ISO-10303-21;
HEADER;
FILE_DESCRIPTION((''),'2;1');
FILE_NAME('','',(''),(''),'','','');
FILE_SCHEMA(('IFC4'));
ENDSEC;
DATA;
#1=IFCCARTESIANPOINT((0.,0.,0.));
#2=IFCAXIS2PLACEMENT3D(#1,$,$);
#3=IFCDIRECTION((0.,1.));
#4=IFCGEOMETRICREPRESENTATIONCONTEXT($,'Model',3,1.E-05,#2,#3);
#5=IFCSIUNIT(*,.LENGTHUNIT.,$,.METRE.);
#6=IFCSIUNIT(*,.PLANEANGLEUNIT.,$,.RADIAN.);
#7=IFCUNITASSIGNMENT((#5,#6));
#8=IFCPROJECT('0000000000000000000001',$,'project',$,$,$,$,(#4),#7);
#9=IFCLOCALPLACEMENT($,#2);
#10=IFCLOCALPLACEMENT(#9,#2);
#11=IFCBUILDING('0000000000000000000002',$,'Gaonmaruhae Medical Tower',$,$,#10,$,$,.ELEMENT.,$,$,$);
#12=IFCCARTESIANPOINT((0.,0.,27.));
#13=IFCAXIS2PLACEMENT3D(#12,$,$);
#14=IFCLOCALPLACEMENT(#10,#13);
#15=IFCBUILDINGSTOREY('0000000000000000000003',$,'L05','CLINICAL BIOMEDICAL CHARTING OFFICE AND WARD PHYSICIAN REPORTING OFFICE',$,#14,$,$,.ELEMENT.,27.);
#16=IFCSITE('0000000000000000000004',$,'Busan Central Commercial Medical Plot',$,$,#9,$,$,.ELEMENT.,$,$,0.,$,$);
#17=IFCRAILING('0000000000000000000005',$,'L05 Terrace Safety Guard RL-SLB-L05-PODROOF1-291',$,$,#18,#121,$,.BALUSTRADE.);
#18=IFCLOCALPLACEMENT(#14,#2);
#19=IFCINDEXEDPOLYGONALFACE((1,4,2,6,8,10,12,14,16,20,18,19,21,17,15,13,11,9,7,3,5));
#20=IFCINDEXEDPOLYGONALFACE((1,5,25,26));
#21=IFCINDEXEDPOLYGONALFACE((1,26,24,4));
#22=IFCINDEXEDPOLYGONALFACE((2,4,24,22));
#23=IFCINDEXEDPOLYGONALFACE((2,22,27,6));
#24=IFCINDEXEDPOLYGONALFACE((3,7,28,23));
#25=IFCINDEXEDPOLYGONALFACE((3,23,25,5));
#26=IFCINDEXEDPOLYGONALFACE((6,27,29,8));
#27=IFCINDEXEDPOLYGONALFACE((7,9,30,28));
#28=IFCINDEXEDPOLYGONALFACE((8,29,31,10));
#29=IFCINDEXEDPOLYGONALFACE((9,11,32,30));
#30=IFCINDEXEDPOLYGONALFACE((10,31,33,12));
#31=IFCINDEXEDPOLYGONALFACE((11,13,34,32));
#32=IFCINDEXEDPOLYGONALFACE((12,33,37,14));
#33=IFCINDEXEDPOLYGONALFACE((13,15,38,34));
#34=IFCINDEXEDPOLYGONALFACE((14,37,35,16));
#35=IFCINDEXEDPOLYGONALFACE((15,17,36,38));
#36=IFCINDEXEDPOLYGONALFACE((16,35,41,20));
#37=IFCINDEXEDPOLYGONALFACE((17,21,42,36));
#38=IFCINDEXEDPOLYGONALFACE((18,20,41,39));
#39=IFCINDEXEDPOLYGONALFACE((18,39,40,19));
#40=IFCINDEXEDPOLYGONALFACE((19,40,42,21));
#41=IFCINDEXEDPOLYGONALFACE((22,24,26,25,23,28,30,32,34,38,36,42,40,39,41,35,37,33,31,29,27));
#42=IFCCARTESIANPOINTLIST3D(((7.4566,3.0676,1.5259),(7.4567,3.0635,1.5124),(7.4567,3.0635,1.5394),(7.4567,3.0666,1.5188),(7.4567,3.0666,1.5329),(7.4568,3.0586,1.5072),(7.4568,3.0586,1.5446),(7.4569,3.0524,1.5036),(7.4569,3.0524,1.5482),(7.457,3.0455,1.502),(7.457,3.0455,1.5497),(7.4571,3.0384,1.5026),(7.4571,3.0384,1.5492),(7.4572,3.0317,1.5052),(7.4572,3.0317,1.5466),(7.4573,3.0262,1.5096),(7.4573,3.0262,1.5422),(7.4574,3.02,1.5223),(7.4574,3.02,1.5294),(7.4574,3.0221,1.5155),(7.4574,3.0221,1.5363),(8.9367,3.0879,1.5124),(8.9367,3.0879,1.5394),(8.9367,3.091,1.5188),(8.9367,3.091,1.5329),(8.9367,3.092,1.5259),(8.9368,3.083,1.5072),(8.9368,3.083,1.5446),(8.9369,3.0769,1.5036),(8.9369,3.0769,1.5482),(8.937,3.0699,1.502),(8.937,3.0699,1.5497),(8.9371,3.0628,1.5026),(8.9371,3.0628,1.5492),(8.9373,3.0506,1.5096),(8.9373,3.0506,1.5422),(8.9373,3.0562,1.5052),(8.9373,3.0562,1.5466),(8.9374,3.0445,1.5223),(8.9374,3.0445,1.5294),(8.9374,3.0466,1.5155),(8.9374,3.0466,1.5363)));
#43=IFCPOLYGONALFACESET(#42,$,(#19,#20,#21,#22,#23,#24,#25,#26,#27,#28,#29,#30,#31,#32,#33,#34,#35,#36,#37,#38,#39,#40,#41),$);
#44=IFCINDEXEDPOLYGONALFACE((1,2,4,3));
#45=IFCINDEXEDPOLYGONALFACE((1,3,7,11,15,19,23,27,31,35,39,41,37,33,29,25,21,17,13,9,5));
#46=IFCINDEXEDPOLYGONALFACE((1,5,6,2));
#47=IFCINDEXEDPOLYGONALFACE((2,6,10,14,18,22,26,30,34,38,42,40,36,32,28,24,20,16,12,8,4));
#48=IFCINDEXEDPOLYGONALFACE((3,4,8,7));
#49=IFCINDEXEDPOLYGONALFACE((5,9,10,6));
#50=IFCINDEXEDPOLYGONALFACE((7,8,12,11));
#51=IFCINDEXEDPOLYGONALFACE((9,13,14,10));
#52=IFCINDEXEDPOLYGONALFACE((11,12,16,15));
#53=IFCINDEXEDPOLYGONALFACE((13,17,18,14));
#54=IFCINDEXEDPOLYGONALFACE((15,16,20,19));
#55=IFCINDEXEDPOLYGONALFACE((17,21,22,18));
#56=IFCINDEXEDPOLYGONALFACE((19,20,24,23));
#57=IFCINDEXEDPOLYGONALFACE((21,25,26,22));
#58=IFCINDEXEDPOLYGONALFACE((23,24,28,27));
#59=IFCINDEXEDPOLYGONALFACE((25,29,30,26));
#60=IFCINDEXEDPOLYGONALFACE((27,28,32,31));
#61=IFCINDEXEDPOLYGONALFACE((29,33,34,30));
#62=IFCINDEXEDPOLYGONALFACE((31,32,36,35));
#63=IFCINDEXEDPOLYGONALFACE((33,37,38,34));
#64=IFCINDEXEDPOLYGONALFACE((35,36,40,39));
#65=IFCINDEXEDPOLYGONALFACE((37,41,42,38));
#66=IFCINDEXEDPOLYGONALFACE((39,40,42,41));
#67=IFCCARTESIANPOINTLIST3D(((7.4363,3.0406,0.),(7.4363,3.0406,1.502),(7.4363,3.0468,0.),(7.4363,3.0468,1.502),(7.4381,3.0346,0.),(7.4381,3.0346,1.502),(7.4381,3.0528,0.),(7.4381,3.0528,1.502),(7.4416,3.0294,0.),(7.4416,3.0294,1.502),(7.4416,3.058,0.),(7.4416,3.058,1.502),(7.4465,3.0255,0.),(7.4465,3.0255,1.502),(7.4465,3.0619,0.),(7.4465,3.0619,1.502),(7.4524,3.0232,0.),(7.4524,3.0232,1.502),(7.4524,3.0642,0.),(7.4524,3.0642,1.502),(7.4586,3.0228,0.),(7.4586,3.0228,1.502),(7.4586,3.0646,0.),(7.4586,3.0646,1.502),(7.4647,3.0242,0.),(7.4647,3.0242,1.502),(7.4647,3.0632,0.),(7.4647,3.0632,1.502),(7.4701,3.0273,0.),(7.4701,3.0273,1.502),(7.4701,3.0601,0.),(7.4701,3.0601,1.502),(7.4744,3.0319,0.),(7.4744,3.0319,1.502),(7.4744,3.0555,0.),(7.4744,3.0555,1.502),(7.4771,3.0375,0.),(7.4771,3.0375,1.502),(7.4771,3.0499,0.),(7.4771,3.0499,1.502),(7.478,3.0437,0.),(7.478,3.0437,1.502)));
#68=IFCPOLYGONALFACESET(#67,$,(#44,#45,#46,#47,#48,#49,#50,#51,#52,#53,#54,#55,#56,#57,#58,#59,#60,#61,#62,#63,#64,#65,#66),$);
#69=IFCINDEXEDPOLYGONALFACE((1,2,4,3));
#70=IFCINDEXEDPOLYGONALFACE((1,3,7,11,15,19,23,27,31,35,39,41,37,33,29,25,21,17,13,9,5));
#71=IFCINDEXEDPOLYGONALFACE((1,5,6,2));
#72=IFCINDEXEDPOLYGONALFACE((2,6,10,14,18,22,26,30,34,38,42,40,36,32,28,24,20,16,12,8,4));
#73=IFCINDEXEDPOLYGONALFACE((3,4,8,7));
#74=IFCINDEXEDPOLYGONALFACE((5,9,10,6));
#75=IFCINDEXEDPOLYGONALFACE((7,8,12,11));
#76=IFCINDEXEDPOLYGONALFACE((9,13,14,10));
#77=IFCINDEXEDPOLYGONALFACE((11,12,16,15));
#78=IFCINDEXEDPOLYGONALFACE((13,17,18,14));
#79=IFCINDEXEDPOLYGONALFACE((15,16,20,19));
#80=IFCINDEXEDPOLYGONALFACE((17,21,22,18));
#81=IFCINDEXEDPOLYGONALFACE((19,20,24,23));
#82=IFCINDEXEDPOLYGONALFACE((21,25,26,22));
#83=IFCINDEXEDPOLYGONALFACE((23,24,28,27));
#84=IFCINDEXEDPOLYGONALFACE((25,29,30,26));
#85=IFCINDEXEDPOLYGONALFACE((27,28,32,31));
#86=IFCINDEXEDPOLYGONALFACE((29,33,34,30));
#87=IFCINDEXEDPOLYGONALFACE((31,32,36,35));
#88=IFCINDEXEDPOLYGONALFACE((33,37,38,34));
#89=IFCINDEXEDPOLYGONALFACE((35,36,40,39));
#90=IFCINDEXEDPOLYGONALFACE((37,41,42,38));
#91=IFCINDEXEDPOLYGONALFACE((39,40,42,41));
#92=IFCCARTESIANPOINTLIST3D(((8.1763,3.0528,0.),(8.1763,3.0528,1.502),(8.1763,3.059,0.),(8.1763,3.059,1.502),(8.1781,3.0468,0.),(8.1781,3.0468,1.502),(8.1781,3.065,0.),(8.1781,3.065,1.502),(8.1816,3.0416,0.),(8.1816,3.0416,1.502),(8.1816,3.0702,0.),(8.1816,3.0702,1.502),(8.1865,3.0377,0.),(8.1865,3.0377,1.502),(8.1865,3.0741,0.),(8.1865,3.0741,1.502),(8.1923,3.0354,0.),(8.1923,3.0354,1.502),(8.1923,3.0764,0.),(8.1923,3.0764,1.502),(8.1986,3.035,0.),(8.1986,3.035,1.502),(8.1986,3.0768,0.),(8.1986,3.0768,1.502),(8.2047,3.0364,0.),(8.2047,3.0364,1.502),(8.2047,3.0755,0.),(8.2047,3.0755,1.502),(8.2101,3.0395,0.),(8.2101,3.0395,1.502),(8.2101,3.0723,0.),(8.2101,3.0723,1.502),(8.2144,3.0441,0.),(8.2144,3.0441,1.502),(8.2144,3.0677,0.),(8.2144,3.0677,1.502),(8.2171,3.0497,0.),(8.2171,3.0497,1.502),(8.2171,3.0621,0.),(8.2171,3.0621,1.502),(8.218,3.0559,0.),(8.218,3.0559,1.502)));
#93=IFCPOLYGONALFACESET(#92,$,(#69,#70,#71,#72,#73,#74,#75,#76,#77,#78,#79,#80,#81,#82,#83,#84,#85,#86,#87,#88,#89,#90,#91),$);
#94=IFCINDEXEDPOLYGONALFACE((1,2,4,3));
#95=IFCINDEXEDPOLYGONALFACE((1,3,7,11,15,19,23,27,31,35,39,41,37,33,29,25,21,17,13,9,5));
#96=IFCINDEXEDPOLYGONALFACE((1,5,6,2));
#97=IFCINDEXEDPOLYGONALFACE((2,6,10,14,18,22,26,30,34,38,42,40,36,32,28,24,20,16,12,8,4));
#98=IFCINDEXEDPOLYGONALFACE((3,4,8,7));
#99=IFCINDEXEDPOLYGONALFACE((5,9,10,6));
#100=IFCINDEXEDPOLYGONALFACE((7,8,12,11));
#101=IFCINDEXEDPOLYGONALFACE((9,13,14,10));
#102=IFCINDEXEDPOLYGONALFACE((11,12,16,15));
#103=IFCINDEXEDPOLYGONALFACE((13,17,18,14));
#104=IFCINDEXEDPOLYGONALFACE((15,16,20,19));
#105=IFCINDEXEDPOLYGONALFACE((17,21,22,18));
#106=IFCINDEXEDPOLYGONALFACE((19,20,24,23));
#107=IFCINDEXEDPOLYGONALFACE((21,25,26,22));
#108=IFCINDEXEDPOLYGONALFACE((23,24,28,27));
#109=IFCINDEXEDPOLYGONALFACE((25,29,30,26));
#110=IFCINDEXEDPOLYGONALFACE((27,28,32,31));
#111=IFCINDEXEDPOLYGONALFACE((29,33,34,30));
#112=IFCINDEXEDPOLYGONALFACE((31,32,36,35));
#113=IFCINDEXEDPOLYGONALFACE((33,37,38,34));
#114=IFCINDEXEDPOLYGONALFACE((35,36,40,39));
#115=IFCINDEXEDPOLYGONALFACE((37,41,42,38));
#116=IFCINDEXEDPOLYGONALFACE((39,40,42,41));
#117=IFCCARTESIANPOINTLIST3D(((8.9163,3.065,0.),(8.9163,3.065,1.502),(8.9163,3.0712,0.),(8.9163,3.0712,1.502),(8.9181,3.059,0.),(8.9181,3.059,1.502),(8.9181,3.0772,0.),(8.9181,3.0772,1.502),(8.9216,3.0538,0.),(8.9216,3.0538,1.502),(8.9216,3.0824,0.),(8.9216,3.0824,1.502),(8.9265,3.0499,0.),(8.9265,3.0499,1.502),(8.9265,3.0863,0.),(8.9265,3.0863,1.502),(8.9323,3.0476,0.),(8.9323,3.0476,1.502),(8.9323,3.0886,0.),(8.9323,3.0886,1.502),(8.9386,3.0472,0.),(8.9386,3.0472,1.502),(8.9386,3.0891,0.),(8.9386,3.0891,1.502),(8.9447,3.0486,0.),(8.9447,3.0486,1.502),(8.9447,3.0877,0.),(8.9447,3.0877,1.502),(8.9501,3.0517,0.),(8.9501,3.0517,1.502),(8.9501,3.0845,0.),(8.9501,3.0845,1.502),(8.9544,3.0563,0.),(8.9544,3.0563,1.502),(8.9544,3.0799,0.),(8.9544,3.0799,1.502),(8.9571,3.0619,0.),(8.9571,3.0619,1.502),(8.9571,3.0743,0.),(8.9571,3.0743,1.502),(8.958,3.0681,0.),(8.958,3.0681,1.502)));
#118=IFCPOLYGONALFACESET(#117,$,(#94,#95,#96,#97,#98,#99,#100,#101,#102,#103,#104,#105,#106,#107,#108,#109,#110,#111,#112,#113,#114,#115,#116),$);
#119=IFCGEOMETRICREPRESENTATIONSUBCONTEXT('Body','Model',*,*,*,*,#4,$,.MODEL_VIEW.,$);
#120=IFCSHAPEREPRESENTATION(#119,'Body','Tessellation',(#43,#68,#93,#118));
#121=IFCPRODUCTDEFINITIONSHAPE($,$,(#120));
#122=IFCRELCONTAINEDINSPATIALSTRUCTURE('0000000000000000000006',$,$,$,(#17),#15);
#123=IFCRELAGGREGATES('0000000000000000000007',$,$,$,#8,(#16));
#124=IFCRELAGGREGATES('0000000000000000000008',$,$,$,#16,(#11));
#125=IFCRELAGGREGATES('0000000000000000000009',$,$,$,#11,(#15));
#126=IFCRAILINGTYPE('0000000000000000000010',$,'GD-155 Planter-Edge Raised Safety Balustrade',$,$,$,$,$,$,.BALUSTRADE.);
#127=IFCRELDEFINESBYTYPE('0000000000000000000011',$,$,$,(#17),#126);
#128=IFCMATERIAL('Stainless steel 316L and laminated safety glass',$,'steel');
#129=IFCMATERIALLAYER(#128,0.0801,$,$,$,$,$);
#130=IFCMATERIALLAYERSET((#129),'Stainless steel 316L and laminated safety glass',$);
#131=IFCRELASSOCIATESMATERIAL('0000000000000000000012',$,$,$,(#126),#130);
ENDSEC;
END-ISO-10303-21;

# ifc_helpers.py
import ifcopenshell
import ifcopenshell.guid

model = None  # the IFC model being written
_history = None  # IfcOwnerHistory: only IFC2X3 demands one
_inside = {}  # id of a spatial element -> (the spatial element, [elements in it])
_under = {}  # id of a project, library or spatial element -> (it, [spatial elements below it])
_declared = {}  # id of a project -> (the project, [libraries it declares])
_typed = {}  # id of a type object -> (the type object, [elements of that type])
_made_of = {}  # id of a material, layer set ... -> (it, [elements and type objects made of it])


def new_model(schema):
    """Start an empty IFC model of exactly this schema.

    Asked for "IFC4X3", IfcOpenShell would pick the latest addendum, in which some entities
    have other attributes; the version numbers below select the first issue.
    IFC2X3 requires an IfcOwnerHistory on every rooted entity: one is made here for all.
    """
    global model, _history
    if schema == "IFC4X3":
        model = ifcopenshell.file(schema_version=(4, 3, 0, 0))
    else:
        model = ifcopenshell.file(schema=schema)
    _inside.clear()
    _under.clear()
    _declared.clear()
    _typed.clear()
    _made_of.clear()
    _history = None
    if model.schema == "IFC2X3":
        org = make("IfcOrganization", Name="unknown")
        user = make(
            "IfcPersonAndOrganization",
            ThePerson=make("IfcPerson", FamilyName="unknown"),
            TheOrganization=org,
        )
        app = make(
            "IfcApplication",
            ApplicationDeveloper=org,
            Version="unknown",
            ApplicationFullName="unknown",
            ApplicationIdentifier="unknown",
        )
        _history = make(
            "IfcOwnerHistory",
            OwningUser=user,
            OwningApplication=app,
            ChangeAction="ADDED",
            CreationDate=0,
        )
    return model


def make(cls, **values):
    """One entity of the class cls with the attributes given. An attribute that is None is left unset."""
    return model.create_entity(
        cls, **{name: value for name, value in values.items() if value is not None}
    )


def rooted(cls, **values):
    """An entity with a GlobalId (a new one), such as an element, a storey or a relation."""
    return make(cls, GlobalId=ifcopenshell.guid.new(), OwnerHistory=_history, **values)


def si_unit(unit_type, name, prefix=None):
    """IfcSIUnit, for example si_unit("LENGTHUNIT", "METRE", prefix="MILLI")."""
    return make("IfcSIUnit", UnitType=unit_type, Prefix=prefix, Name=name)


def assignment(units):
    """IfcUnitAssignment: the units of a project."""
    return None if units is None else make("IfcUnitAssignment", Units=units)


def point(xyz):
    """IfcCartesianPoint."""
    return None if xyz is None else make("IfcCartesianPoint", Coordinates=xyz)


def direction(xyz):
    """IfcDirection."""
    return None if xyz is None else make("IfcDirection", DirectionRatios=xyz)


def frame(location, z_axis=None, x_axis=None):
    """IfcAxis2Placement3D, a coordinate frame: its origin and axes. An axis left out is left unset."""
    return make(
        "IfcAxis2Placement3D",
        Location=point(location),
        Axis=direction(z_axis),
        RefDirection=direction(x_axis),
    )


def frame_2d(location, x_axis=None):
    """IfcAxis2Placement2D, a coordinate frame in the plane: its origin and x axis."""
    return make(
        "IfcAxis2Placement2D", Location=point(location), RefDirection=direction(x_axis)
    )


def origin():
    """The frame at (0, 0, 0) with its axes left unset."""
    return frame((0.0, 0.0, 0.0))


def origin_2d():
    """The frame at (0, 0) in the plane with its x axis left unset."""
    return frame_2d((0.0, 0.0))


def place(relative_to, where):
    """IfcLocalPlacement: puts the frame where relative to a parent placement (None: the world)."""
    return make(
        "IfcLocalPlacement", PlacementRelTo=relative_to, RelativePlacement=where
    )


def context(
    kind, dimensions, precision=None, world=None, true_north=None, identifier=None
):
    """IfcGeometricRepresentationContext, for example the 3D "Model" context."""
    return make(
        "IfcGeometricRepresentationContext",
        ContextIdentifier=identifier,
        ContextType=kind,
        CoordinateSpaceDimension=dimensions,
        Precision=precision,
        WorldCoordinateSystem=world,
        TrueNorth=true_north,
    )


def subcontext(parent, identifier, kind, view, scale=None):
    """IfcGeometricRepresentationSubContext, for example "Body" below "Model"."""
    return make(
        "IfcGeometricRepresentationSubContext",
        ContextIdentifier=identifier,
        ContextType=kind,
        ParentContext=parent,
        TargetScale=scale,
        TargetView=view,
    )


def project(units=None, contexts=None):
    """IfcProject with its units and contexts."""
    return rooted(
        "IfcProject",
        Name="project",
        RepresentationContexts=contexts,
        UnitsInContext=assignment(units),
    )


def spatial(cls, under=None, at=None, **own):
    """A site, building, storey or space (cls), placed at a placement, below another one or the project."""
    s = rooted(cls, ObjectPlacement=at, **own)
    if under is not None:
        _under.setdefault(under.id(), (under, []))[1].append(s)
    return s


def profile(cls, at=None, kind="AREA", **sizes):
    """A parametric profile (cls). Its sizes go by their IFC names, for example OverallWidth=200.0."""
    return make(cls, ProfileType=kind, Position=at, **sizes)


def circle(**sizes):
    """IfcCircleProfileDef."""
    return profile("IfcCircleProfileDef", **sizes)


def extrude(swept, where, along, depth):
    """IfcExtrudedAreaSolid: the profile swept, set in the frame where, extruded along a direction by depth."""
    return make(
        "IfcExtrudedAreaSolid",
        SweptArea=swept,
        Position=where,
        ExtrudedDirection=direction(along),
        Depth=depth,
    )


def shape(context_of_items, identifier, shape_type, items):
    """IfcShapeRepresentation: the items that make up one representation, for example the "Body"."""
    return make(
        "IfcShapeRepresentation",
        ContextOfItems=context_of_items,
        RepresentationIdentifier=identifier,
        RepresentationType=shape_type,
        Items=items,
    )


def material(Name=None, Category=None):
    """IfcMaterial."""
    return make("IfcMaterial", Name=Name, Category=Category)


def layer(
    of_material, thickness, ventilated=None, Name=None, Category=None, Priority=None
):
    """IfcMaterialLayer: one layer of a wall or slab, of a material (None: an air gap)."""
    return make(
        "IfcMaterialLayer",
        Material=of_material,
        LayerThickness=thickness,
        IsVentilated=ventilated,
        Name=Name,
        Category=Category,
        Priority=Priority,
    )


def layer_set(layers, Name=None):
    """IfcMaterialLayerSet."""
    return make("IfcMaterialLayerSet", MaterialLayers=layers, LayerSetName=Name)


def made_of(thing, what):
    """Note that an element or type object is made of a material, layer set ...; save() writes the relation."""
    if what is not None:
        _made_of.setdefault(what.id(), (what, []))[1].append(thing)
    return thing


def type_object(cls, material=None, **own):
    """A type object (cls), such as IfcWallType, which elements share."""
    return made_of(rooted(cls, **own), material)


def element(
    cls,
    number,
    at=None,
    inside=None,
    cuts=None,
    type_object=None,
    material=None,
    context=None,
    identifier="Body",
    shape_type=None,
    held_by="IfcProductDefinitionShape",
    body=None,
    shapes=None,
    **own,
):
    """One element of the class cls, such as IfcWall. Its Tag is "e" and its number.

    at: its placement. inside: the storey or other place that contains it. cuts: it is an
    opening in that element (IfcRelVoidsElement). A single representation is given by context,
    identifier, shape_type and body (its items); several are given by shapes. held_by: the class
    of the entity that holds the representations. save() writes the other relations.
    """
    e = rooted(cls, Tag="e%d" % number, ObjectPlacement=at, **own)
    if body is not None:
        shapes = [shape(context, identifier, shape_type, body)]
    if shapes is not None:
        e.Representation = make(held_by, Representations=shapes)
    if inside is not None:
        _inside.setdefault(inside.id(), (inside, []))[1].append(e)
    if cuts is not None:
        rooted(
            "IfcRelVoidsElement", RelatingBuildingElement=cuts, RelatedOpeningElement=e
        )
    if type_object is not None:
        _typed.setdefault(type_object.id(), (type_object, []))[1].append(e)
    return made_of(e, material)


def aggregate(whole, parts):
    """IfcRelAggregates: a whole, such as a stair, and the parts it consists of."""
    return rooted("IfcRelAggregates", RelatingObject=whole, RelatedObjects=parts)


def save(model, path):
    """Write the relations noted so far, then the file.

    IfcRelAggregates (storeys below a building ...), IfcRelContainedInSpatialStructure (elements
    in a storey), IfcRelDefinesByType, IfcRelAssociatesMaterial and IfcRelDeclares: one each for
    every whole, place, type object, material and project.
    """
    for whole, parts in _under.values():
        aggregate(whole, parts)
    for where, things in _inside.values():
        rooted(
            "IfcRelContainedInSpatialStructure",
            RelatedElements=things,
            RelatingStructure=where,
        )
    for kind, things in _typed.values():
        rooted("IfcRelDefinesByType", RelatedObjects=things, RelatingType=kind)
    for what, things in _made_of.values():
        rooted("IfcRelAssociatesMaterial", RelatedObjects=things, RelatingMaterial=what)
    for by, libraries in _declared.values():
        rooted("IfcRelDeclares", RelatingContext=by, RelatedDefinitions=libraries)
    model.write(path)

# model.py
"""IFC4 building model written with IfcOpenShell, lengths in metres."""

from ifc_helpers import new_model, si_unit, direction, frame, origin, origin_2d, place, context, subcontext, project, spatial, circle, extrude, material, layer, layer_set, type_object, element, save


model = new_model("IFC4")

# Units and contexts
model_context = context("Model", 3, precision=1e-05, world=origin(), true_north=direction((0.0, 1.0)))
body_context = subcontext(model_context, "Body", "Model", "MODEL_VIEW")
ifc_project = project(units=[si_unit("LENGTHUNIT", "METRE"), si_unit("PLANEANGLEUNIT", "RADIAN")], contexts=[model_context])

# Site, building, storey
site_placement = place(None, origin())
site = spatial("IfcSite", under=ifc_project, at=site_placement, Name="Busan Central Commercial Medical Plot", CompositionType="ELEMENT", RefElevation=0.0)
building_placement = place(site_placement, origin())
building = spatial("IfcBuilding", under=site, at=building_placement, Name="Gaonmaruhae Medical Tower", CompositionType="ELEMENT")
storey_placement = place(building_placement, frame((0.0, 0.0, 27.0)))
storey = spatial("IfcBuildingStorey", under=building, at=storey_placement, Name="L05", Description="CLINICAL BIOMEDICAL CHARTING OFFICE AND WARD PHYSICIAN REPORTING OFFICE", CompositionType="ELEMENT", Elevation=27.0)

# Railing
ifc_material_1 = material(Name="Stainless steel 316L and laminated safety glass", Category="steel")
ifc_layer_1 = layer(ifc_material_1, 0.0801)
ifc_layer_set_1 = layer_set([ifc_layer_1], Name="Stainless steel 316L and laminated safety glass")
railing_type = type_object("IfcRailingType", Name="GD-155 Planter-Edge Raised Safety Balustrade", PredefinedType="BALUSTRADE", material=ifc_layer_set_1)
railing_1_placement = place(storey_placement, frame((7.457, 3.0437, 0.0)))
element("IfcRailing", 1, at=railing_1_placement, inside=storey, type_object=railing_type, Name="L05 Terrace Safety Guard RL-SLB-L05-PODROOF1-291", PredefinedType="BALUSTRADE", context=body_context, shape_type="SweptSolid", body=[
    extrude(circle(Radius=0.0239, at=origin_2d()), frame((0.0, 0.0, 1.5259), z_axis=(0.999864, 0.016494, 0.0), x_axis=(-0.016494, 0.999864, 0.0)), (0.0, 0.0, 1.0), 1.4802),
    extrude(circle(Radius=0.021, at=origin_2d()), origin(), (0.0, 0.0, 1.0), 1.502),
    extrude(circle(Radius=0.021, at=origin_2d()), frame((0.74, 0.0122, 0.0)), (0.0, 0.0, 1.0), 1.502),
    extrude(circle(Radius=0.021, at=origin_2d()), frame((1.48, 0.0244, 0.0)), (0.0, 0.0, 1.0), 1.502),
])

save(model, "model.ifc")
